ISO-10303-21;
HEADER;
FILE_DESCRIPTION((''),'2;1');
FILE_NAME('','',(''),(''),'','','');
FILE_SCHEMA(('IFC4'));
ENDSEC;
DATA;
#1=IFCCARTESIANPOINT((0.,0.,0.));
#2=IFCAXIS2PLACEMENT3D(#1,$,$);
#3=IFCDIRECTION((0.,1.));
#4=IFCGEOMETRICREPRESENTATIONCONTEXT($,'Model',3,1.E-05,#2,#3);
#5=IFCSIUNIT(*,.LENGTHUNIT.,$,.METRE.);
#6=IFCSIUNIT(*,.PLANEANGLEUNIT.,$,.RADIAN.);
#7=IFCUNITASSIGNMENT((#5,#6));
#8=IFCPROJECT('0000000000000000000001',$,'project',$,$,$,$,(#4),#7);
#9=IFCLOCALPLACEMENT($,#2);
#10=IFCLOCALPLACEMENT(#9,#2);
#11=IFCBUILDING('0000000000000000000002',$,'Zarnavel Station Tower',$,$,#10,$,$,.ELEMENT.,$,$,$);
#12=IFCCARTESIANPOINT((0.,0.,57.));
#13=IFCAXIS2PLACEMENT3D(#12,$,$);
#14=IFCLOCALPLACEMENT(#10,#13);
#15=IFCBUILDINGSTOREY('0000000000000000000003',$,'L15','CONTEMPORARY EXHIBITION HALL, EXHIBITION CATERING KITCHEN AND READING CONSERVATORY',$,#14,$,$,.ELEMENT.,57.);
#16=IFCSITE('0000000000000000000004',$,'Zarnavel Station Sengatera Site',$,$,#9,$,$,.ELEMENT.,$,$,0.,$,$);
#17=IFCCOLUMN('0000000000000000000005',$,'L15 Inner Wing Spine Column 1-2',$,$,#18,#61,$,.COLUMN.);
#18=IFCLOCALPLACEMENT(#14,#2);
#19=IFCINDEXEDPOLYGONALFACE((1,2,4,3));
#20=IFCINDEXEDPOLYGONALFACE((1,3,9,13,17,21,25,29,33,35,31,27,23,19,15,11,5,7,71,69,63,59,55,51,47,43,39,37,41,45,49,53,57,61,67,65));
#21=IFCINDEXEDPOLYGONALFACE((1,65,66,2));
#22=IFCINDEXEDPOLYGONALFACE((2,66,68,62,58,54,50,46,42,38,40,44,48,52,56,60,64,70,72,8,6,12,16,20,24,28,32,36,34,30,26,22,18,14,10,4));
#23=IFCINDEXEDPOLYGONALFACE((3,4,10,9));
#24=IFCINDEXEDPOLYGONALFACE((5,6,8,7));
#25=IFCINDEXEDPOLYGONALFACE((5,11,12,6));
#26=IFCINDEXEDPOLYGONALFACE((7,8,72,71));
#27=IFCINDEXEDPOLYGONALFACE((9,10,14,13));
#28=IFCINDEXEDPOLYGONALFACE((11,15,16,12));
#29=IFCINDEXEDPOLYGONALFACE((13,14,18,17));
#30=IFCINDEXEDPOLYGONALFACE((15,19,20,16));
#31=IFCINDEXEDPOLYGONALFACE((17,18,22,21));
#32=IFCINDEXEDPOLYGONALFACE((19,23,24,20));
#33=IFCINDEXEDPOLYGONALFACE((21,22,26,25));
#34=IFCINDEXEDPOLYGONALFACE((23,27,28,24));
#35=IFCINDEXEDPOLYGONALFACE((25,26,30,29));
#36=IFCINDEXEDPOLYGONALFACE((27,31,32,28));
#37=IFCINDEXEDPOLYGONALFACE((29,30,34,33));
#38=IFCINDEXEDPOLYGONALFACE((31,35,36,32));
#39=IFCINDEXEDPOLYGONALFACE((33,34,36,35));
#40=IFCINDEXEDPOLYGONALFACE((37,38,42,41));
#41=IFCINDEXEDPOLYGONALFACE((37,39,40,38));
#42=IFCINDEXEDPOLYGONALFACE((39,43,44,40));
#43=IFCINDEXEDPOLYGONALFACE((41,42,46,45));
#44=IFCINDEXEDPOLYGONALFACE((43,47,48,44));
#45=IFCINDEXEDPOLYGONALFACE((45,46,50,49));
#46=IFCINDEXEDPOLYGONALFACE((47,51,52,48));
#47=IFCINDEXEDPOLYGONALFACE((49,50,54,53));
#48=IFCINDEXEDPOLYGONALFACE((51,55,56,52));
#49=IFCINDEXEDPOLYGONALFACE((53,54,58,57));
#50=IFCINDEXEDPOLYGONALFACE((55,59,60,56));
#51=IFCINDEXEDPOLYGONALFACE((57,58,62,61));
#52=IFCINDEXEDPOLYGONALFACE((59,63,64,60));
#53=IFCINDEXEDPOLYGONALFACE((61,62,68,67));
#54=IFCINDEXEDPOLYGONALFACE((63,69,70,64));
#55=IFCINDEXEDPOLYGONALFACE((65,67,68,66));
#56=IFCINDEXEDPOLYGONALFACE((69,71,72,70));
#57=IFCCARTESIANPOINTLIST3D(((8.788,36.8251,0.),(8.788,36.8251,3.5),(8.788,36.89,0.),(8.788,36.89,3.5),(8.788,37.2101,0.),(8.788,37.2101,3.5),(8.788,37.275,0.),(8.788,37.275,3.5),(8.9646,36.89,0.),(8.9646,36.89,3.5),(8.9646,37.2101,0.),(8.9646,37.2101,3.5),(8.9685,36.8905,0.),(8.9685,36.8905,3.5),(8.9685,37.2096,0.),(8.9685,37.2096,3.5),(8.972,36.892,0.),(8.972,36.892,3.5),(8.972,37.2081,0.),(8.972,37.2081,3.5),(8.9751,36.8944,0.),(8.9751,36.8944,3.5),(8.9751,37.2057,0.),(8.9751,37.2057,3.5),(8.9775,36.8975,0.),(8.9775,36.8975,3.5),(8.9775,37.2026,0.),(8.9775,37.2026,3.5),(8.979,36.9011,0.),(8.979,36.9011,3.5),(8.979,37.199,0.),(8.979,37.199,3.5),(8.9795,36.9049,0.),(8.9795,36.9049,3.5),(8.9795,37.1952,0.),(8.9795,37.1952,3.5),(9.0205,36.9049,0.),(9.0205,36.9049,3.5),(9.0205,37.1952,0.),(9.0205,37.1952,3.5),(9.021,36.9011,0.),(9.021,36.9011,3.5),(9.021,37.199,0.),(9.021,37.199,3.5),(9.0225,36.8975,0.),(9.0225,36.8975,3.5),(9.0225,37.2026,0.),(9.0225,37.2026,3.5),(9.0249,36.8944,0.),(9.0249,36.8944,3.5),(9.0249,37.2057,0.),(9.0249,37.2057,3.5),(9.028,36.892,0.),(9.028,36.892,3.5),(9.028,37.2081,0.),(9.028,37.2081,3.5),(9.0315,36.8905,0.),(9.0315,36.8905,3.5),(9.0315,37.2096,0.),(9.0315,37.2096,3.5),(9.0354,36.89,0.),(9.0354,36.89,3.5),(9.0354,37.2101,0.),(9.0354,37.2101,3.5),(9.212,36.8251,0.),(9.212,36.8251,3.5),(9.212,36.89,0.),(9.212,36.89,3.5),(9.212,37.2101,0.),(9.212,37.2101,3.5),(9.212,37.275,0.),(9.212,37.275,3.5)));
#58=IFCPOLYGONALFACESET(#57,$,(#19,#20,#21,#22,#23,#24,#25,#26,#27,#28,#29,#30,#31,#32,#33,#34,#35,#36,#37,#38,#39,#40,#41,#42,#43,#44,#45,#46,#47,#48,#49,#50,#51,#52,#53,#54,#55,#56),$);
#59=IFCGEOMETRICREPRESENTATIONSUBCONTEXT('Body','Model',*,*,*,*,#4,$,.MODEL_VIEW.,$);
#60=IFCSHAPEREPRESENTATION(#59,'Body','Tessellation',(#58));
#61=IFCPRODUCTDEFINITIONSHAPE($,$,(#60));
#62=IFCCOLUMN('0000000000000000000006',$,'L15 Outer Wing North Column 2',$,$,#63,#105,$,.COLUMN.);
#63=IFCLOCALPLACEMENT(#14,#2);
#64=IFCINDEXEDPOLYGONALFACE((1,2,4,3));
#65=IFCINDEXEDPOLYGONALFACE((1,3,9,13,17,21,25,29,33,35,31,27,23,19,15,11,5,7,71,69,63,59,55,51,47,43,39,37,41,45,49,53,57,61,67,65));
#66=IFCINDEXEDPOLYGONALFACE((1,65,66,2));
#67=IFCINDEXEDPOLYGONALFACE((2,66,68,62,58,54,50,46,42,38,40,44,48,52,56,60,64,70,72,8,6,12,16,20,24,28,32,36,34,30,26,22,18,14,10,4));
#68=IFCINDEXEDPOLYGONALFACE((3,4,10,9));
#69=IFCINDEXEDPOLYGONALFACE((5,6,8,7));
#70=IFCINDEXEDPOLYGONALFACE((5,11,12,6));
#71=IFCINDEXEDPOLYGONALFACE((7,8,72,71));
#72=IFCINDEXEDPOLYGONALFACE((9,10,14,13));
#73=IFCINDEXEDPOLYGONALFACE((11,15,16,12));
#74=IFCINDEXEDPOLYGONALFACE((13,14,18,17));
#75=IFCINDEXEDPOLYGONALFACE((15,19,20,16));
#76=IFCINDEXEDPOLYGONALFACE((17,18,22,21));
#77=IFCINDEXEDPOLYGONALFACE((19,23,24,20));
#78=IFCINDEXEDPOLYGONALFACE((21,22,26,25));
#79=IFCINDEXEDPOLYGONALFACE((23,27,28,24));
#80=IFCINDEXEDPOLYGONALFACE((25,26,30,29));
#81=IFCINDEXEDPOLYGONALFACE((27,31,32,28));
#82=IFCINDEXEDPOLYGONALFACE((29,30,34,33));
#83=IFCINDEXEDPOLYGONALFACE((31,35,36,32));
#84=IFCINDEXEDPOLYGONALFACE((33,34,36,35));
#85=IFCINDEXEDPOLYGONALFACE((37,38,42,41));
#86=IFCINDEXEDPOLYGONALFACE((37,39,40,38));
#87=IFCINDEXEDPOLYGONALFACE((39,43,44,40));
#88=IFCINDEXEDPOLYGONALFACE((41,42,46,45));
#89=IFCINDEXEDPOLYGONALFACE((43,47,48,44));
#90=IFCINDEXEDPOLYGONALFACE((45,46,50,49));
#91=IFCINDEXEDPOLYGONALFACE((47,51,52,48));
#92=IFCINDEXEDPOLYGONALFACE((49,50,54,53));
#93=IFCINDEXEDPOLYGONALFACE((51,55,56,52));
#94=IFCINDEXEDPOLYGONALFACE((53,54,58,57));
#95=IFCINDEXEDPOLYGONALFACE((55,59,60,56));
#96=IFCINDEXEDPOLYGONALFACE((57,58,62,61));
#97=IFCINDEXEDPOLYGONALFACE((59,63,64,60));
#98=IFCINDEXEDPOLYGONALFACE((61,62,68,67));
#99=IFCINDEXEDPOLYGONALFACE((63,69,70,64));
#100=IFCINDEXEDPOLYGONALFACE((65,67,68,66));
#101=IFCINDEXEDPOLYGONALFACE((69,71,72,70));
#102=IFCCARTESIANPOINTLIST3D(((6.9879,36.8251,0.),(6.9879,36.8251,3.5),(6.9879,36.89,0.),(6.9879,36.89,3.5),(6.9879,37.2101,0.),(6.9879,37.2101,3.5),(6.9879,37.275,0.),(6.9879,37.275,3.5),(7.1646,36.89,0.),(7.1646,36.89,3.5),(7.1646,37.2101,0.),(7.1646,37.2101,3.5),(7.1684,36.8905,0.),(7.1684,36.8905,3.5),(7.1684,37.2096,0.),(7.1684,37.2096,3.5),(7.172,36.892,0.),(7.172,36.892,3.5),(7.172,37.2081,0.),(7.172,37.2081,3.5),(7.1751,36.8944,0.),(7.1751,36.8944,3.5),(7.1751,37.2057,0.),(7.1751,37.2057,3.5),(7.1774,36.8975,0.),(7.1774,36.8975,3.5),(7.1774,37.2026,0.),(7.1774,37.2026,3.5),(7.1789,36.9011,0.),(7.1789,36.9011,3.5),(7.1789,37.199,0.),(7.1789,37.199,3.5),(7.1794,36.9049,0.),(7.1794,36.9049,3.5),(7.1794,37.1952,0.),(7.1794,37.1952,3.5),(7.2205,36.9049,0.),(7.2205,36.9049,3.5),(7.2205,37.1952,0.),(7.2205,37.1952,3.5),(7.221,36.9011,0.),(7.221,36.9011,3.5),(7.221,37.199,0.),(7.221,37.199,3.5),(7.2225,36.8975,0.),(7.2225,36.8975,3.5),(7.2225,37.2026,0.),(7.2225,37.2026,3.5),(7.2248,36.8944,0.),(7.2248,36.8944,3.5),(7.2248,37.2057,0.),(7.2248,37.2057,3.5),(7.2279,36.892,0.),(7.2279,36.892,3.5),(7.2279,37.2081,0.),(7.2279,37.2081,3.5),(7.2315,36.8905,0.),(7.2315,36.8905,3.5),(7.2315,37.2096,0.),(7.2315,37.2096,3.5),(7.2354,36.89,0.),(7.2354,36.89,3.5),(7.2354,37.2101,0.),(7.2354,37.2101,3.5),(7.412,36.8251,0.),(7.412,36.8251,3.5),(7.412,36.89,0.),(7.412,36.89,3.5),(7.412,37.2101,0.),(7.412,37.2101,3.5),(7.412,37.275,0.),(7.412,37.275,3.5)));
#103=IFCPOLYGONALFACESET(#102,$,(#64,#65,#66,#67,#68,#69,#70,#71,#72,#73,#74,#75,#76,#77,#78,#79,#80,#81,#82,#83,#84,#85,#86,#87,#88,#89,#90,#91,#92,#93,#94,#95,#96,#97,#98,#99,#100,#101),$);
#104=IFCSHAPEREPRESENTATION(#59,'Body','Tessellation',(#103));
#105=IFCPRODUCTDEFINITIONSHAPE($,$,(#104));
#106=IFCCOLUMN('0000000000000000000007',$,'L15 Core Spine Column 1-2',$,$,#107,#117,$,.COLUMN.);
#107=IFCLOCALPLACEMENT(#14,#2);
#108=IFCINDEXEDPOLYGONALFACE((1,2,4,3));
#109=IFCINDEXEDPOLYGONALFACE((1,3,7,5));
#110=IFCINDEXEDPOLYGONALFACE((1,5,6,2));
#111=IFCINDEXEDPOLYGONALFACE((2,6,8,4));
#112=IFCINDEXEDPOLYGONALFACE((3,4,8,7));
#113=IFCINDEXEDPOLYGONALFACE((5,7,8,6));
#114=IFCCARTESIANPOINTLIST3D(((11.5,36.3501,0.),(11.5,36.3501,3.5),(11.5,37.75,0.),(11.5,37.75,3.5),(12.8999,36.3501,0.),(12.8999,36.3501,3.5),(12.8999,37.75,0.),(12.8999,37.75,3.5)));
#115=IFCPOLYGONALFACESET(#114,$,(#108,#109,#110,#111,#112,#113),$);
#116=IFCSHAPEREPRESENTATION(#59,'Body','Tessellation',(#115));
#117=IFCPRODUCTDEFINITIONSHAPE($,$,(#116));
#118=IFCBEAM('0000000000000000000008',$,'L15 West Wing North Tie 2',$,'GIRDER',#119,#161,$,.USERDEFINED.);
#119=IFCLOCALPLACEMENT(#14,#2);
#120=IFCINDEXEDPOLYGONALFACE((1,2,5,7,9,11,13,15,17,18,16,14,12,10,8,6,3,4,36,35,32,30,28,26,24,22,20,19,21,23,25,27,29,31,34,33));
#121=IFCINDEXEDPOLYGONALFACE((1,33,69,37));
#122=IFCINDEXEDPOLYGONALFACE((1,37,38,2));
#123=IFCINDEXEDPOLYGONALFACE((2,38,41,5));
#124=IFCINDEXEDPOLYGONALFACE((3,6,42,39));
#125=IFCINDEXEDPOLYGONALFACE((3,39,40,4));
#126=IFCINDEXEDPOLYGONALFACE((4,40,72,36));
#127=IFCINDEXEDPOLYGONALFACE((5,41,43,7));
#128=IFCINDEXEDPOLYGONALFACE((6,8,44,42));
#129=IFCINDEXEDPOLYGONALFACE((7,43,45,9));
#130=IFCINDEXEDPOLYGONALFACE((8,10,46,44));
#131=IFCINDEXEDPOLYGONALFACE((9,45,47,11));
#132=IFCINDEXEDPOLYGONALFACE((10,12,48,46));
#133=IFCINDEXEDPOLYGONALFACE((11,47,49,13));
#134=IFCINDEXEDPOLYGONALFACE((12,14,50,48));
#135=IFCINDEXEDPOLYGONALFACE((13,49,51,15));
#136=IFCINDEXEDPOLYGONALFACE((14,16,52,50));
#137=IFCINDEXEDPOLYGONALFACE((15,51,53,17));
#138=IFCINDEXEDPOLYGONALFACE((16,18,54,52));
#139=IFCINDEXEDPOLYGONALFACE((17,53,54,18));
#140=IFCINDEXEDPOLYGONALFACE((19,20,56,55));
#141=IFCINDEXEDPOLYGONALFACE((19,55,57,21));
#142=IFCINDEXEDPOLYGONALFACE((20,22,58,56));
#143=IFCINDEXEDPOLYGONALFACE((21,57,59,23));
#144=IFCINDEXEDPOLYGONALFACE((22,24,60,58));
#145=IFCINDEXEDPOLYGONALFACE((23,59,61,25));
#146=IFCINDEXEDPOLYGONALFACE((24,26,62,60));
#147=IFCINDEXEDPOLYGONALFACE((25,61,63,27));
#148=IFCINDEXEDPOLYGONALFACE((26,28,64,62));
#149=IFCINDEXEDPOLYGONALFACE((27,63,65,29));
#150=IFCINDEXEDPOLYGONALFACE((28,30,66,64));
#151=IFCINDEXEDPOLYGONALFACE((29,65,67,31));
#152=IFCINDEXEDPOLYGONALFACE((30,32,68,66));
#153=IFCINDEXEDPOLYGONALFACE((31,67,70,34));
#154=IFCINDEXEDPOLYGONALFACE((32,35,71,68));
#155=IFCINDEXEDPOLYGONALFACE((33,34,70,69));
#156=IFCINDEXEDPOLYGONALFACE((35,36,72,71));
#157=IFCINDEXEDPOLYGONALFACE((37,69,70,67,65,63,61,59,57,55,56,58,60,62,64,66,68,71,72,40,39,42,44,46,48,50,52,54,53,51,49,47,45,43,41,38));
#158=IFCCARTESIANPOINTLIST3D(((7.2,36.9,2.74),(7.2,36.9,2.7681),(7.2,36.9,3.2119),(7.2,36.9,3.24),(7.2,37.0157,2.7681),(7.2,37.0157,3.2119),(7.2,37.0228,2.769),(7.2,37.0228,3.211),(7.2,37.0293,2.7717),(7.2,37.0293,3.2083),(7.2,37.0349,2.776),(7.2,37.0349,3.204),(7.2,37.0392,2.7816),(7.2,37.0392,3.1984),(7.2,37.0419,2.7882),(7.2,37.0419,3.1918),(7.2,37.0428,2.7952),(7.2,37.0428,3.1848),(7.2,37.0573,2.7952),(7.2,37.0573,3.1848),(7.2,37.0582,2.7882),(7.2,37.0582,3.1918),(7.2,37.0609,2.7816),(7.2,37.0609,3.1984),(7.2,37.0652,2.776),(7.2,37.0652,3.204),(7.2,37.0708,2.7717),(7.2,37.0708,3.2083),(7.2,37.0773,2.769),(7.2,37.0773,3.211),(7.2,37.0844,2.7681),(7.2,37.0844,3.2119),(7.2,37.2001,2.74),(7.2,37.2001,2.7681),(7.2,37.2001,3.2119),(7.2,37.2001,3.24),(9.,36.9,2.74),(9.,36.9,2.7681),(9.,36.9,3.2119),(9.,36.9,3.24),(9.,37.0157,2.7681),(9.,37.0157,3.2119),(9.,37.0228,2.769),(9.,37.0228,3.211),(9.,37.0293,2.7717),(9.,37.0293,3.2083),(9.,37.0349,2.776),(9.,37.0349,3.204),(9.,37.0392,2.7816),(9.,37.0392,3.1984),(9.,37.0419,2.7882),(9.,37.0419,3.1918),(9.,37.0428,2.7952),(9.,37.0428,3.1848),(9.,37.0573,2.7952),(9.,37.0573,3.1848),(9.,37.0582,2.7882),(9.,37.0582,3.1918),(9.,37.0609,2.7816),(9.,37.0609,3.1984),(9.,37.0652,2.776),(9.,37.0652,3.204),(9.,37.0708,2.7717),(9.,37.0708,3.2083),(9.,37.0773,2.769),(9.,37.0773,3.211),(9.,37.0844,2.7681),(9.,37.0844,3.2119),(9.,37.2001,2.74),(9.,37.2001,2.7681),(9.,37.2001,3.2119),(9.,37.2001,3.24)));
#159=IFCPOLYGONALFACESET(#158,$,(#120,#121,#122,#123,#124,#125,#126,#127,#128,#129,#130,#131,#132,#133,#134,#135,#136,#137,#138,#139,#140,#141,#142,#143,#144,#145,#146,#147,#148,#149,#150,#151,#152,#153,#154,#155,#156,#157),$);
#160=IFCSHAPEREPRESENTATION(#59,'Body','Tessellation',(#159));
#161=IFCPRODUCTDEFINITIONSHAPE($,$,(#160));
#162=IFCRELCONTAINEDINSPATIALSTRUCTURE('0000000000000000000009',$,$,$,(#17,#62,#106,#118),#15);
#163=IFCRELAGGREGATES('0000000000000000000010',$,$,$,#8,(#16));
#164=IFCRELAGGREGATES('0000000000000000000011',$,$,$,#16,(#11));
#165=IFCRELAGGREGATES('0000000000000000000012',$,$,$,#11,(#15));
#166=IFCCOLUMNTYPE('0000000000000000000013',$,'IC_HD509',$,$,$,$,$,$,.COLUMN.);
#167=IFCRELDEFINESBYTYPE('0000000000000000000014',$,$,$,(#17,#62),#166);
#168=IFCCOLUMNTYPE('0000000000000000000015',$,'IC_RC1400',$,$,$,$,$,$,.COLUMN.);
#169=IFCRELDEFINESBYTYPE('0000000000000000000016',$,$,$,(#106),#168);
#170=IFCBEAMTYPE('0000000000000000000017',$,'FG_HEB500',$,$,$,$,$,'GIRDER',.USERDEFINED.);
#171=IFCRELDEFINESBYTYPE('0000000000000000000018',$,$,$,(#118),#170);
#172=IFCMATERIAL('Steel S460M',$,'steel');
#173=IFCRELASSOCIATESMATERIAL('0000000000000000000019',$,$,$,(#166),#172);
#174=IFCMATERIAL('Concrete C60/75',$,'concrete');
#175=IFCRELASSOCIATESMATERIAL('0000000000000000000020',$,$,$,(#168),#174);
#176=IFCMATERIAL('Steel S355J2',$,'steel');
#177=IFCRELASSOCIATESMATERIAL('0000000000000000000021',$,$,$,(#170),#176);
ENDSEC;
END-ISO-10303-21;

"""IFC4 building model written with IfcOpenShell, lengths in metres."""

from ifc_helpers import new_model, si_unit, direction, frame, origin, origin_2d, place, context, subcontext, project, spatial, rectangle, i_section, extrude, material, material_profile, profile_set, type_object, element, save


model = new_model("IFC4")

# Units and contexts
model_context = context("Model", 3, precision=1e-05, world=origin(), true_north=direction((0.0, 1.0)))
body_context = subcontext(model_context, "Body", "Model", "MODEL_VIEW")
ifc_project = project(units=[si_unit("LENGTHUNIT", "METRE"), si_unit("PLANEANGLEUNIT", "RADIAN")], contexts=[model_context])

# Site, building, storey
site_placement = place(None, origin())
site = spatial("IfcSite", under=ifc_project, at=site_placement, Name="Zarnavel Station Sengatera Site", CompositionType="ELEMENT", RefElevation=0.0)
building_placement = place(site_placement, origin())
building = spatial("IfcBuilding", under=site, at=building_placement, Name="Zarnavel Station Tower", CompositionType="ELEMENT")
storey_placement = place(building_placement, frame((0.0, 0.0, 57.0)))
storey = spatial("IfcBuildingStorey", under=building, at=storey_placement, Name="L15", Description="CONTEMPORARY EXHIBITION HALL, EXHIBITION CATERING KITCHEN AND READING CONSERVATORY", CompositionType="ELEMENT", Elevation=57.0)

# Columns
ifc_material_1 = material(Name="Steel S460M", Category="steel")
ifc_material_profile_1 = material_profile(ifc_material_1, i_section(OverallWidth=0.4241, OverallDepth=0.45, WebThickness=0.041, FlangeThickness=0.0649, FilletRadius=0.0149, at=origin_2d()), Name="HD400x509")
ifc_profile_set_1 = profile_set([ifc_material_profile_1], Name="Steel S460M")
column_type_1 = type_object("IfcColumnType", Name="IC_HD509", PredefinedType="COLUMN", material=ifc_profile_set_1)
for number, where, z_axis, x_axis, name in (
    (1, (9.0, 37.05, 0.0), (0.0, 0.0, 1.0), (1.0, 0.0, 0.0), "L15 Inner Wing Spine Column 1-2"),
    (2, (7.2, 37.05, 0.0), (0.0, 0.0, 1.0), (1.0, 0.0, 0.0), "L15 Outer Wing North Column 2"),
):
    element("IfcColumn", number, at=place(storey_placement, frame(where, z_axis=z_axis, x_axis=x_axis)), inside=storey, type_object=column_type_1, Name=name, PredefinedType="COLUMN", context=body_context, shape_type="SweptSolid", body=[
        extrude(i_section(OverallWidth=0.4241, OverallDepth=0.45, WebThickness=0.041, FlangeThickness=0.0649, FilletRadius=0.0149, at=origin_2d()), origin(), (0.0, 0.0, 1.0), 3.5),
    ])
ifc_material_2 = material(Name="Concrete C60/75", Category="concrete")
ifc_material_profile_2 = material_profile(ifc_material_2, rectangle(XDim=1.3999, YDim=1.3999, at=origin_2d()), Name="RC1400x1400")
ifc_profile_set_2 = profile_set([ifc_material_profile_2], Name="Concrete C60/75")
column_type_2 = type_object("IfcColumnType", Name="IC_RC1400", PredefinedType="COLUMN", material=ifc_profile_set_2)
column_placement = place(storey_placement, frame((12.2, 37.05, 0.0), z_axis=(0.0, 0.0, 1.0), x_axis=(1.0, 0.0, 0.0)))
element("IfcColumn", 3, at=column_placement, inside=storey, type_object=column_type_2, Name="L15 Core Spine Column 1-2", PredefinedType="COLUMN", context=body_context, shape_type="SweptSolid", body=[
    extrude(rectangle(XDim=1.3999, YDim=1.3999, at=origin_2d()), origin(), (0.0, 0.0, 1.0), 3.5),
])

# Beam
ifc_material_3 = material(Name="Steel S355J2", Category="steel")
ifc_material_profile_3 = material_profile(ifc_material_3, i_section(OverallWidth=0.3, OverallDepth=0.5, WebThickness=0.0144, FlangeThickness=0.0281, FilletRadius=0.0271, at=origin_2d()), Name="HEB500")
ifc_profile_set_3 = profile_set([ifc_material_profile_3], Name="Steel S355J2")
beam_type = type_object("IfcBeamType", Name="FG_HEB500", ElementType="GIRDER", PredefinedType="USERDEFINED", material=ifc_profile_set_3)
beam_1_placement = place(storey_placement, frame((7.2, 37.05, 2.99), z_axis=(1.0, 0.0, 0.0), x_axis=(0.0, 1.0, 0.0)))
element("IfcBeam", 4, at=beam_1_placement, inside=storey, type_object=beam_type, Name="L15 West Wing North Tie 2", ObjectType="GIRDER", PredefinedType="USERDEFINED", context=body_context, shape_type="SweptSolid", body=[
    extrude(i_section(OverallWidth=0.3, OverallDepth=0.5, WebThickness=0.0144, FlangeThickness=0.0281, FilletRadius=0.0271, at=origin_2d()), origin(), (0.0, 0.0, 1.0), 1.8),
])

save(model, "model.ifc")
